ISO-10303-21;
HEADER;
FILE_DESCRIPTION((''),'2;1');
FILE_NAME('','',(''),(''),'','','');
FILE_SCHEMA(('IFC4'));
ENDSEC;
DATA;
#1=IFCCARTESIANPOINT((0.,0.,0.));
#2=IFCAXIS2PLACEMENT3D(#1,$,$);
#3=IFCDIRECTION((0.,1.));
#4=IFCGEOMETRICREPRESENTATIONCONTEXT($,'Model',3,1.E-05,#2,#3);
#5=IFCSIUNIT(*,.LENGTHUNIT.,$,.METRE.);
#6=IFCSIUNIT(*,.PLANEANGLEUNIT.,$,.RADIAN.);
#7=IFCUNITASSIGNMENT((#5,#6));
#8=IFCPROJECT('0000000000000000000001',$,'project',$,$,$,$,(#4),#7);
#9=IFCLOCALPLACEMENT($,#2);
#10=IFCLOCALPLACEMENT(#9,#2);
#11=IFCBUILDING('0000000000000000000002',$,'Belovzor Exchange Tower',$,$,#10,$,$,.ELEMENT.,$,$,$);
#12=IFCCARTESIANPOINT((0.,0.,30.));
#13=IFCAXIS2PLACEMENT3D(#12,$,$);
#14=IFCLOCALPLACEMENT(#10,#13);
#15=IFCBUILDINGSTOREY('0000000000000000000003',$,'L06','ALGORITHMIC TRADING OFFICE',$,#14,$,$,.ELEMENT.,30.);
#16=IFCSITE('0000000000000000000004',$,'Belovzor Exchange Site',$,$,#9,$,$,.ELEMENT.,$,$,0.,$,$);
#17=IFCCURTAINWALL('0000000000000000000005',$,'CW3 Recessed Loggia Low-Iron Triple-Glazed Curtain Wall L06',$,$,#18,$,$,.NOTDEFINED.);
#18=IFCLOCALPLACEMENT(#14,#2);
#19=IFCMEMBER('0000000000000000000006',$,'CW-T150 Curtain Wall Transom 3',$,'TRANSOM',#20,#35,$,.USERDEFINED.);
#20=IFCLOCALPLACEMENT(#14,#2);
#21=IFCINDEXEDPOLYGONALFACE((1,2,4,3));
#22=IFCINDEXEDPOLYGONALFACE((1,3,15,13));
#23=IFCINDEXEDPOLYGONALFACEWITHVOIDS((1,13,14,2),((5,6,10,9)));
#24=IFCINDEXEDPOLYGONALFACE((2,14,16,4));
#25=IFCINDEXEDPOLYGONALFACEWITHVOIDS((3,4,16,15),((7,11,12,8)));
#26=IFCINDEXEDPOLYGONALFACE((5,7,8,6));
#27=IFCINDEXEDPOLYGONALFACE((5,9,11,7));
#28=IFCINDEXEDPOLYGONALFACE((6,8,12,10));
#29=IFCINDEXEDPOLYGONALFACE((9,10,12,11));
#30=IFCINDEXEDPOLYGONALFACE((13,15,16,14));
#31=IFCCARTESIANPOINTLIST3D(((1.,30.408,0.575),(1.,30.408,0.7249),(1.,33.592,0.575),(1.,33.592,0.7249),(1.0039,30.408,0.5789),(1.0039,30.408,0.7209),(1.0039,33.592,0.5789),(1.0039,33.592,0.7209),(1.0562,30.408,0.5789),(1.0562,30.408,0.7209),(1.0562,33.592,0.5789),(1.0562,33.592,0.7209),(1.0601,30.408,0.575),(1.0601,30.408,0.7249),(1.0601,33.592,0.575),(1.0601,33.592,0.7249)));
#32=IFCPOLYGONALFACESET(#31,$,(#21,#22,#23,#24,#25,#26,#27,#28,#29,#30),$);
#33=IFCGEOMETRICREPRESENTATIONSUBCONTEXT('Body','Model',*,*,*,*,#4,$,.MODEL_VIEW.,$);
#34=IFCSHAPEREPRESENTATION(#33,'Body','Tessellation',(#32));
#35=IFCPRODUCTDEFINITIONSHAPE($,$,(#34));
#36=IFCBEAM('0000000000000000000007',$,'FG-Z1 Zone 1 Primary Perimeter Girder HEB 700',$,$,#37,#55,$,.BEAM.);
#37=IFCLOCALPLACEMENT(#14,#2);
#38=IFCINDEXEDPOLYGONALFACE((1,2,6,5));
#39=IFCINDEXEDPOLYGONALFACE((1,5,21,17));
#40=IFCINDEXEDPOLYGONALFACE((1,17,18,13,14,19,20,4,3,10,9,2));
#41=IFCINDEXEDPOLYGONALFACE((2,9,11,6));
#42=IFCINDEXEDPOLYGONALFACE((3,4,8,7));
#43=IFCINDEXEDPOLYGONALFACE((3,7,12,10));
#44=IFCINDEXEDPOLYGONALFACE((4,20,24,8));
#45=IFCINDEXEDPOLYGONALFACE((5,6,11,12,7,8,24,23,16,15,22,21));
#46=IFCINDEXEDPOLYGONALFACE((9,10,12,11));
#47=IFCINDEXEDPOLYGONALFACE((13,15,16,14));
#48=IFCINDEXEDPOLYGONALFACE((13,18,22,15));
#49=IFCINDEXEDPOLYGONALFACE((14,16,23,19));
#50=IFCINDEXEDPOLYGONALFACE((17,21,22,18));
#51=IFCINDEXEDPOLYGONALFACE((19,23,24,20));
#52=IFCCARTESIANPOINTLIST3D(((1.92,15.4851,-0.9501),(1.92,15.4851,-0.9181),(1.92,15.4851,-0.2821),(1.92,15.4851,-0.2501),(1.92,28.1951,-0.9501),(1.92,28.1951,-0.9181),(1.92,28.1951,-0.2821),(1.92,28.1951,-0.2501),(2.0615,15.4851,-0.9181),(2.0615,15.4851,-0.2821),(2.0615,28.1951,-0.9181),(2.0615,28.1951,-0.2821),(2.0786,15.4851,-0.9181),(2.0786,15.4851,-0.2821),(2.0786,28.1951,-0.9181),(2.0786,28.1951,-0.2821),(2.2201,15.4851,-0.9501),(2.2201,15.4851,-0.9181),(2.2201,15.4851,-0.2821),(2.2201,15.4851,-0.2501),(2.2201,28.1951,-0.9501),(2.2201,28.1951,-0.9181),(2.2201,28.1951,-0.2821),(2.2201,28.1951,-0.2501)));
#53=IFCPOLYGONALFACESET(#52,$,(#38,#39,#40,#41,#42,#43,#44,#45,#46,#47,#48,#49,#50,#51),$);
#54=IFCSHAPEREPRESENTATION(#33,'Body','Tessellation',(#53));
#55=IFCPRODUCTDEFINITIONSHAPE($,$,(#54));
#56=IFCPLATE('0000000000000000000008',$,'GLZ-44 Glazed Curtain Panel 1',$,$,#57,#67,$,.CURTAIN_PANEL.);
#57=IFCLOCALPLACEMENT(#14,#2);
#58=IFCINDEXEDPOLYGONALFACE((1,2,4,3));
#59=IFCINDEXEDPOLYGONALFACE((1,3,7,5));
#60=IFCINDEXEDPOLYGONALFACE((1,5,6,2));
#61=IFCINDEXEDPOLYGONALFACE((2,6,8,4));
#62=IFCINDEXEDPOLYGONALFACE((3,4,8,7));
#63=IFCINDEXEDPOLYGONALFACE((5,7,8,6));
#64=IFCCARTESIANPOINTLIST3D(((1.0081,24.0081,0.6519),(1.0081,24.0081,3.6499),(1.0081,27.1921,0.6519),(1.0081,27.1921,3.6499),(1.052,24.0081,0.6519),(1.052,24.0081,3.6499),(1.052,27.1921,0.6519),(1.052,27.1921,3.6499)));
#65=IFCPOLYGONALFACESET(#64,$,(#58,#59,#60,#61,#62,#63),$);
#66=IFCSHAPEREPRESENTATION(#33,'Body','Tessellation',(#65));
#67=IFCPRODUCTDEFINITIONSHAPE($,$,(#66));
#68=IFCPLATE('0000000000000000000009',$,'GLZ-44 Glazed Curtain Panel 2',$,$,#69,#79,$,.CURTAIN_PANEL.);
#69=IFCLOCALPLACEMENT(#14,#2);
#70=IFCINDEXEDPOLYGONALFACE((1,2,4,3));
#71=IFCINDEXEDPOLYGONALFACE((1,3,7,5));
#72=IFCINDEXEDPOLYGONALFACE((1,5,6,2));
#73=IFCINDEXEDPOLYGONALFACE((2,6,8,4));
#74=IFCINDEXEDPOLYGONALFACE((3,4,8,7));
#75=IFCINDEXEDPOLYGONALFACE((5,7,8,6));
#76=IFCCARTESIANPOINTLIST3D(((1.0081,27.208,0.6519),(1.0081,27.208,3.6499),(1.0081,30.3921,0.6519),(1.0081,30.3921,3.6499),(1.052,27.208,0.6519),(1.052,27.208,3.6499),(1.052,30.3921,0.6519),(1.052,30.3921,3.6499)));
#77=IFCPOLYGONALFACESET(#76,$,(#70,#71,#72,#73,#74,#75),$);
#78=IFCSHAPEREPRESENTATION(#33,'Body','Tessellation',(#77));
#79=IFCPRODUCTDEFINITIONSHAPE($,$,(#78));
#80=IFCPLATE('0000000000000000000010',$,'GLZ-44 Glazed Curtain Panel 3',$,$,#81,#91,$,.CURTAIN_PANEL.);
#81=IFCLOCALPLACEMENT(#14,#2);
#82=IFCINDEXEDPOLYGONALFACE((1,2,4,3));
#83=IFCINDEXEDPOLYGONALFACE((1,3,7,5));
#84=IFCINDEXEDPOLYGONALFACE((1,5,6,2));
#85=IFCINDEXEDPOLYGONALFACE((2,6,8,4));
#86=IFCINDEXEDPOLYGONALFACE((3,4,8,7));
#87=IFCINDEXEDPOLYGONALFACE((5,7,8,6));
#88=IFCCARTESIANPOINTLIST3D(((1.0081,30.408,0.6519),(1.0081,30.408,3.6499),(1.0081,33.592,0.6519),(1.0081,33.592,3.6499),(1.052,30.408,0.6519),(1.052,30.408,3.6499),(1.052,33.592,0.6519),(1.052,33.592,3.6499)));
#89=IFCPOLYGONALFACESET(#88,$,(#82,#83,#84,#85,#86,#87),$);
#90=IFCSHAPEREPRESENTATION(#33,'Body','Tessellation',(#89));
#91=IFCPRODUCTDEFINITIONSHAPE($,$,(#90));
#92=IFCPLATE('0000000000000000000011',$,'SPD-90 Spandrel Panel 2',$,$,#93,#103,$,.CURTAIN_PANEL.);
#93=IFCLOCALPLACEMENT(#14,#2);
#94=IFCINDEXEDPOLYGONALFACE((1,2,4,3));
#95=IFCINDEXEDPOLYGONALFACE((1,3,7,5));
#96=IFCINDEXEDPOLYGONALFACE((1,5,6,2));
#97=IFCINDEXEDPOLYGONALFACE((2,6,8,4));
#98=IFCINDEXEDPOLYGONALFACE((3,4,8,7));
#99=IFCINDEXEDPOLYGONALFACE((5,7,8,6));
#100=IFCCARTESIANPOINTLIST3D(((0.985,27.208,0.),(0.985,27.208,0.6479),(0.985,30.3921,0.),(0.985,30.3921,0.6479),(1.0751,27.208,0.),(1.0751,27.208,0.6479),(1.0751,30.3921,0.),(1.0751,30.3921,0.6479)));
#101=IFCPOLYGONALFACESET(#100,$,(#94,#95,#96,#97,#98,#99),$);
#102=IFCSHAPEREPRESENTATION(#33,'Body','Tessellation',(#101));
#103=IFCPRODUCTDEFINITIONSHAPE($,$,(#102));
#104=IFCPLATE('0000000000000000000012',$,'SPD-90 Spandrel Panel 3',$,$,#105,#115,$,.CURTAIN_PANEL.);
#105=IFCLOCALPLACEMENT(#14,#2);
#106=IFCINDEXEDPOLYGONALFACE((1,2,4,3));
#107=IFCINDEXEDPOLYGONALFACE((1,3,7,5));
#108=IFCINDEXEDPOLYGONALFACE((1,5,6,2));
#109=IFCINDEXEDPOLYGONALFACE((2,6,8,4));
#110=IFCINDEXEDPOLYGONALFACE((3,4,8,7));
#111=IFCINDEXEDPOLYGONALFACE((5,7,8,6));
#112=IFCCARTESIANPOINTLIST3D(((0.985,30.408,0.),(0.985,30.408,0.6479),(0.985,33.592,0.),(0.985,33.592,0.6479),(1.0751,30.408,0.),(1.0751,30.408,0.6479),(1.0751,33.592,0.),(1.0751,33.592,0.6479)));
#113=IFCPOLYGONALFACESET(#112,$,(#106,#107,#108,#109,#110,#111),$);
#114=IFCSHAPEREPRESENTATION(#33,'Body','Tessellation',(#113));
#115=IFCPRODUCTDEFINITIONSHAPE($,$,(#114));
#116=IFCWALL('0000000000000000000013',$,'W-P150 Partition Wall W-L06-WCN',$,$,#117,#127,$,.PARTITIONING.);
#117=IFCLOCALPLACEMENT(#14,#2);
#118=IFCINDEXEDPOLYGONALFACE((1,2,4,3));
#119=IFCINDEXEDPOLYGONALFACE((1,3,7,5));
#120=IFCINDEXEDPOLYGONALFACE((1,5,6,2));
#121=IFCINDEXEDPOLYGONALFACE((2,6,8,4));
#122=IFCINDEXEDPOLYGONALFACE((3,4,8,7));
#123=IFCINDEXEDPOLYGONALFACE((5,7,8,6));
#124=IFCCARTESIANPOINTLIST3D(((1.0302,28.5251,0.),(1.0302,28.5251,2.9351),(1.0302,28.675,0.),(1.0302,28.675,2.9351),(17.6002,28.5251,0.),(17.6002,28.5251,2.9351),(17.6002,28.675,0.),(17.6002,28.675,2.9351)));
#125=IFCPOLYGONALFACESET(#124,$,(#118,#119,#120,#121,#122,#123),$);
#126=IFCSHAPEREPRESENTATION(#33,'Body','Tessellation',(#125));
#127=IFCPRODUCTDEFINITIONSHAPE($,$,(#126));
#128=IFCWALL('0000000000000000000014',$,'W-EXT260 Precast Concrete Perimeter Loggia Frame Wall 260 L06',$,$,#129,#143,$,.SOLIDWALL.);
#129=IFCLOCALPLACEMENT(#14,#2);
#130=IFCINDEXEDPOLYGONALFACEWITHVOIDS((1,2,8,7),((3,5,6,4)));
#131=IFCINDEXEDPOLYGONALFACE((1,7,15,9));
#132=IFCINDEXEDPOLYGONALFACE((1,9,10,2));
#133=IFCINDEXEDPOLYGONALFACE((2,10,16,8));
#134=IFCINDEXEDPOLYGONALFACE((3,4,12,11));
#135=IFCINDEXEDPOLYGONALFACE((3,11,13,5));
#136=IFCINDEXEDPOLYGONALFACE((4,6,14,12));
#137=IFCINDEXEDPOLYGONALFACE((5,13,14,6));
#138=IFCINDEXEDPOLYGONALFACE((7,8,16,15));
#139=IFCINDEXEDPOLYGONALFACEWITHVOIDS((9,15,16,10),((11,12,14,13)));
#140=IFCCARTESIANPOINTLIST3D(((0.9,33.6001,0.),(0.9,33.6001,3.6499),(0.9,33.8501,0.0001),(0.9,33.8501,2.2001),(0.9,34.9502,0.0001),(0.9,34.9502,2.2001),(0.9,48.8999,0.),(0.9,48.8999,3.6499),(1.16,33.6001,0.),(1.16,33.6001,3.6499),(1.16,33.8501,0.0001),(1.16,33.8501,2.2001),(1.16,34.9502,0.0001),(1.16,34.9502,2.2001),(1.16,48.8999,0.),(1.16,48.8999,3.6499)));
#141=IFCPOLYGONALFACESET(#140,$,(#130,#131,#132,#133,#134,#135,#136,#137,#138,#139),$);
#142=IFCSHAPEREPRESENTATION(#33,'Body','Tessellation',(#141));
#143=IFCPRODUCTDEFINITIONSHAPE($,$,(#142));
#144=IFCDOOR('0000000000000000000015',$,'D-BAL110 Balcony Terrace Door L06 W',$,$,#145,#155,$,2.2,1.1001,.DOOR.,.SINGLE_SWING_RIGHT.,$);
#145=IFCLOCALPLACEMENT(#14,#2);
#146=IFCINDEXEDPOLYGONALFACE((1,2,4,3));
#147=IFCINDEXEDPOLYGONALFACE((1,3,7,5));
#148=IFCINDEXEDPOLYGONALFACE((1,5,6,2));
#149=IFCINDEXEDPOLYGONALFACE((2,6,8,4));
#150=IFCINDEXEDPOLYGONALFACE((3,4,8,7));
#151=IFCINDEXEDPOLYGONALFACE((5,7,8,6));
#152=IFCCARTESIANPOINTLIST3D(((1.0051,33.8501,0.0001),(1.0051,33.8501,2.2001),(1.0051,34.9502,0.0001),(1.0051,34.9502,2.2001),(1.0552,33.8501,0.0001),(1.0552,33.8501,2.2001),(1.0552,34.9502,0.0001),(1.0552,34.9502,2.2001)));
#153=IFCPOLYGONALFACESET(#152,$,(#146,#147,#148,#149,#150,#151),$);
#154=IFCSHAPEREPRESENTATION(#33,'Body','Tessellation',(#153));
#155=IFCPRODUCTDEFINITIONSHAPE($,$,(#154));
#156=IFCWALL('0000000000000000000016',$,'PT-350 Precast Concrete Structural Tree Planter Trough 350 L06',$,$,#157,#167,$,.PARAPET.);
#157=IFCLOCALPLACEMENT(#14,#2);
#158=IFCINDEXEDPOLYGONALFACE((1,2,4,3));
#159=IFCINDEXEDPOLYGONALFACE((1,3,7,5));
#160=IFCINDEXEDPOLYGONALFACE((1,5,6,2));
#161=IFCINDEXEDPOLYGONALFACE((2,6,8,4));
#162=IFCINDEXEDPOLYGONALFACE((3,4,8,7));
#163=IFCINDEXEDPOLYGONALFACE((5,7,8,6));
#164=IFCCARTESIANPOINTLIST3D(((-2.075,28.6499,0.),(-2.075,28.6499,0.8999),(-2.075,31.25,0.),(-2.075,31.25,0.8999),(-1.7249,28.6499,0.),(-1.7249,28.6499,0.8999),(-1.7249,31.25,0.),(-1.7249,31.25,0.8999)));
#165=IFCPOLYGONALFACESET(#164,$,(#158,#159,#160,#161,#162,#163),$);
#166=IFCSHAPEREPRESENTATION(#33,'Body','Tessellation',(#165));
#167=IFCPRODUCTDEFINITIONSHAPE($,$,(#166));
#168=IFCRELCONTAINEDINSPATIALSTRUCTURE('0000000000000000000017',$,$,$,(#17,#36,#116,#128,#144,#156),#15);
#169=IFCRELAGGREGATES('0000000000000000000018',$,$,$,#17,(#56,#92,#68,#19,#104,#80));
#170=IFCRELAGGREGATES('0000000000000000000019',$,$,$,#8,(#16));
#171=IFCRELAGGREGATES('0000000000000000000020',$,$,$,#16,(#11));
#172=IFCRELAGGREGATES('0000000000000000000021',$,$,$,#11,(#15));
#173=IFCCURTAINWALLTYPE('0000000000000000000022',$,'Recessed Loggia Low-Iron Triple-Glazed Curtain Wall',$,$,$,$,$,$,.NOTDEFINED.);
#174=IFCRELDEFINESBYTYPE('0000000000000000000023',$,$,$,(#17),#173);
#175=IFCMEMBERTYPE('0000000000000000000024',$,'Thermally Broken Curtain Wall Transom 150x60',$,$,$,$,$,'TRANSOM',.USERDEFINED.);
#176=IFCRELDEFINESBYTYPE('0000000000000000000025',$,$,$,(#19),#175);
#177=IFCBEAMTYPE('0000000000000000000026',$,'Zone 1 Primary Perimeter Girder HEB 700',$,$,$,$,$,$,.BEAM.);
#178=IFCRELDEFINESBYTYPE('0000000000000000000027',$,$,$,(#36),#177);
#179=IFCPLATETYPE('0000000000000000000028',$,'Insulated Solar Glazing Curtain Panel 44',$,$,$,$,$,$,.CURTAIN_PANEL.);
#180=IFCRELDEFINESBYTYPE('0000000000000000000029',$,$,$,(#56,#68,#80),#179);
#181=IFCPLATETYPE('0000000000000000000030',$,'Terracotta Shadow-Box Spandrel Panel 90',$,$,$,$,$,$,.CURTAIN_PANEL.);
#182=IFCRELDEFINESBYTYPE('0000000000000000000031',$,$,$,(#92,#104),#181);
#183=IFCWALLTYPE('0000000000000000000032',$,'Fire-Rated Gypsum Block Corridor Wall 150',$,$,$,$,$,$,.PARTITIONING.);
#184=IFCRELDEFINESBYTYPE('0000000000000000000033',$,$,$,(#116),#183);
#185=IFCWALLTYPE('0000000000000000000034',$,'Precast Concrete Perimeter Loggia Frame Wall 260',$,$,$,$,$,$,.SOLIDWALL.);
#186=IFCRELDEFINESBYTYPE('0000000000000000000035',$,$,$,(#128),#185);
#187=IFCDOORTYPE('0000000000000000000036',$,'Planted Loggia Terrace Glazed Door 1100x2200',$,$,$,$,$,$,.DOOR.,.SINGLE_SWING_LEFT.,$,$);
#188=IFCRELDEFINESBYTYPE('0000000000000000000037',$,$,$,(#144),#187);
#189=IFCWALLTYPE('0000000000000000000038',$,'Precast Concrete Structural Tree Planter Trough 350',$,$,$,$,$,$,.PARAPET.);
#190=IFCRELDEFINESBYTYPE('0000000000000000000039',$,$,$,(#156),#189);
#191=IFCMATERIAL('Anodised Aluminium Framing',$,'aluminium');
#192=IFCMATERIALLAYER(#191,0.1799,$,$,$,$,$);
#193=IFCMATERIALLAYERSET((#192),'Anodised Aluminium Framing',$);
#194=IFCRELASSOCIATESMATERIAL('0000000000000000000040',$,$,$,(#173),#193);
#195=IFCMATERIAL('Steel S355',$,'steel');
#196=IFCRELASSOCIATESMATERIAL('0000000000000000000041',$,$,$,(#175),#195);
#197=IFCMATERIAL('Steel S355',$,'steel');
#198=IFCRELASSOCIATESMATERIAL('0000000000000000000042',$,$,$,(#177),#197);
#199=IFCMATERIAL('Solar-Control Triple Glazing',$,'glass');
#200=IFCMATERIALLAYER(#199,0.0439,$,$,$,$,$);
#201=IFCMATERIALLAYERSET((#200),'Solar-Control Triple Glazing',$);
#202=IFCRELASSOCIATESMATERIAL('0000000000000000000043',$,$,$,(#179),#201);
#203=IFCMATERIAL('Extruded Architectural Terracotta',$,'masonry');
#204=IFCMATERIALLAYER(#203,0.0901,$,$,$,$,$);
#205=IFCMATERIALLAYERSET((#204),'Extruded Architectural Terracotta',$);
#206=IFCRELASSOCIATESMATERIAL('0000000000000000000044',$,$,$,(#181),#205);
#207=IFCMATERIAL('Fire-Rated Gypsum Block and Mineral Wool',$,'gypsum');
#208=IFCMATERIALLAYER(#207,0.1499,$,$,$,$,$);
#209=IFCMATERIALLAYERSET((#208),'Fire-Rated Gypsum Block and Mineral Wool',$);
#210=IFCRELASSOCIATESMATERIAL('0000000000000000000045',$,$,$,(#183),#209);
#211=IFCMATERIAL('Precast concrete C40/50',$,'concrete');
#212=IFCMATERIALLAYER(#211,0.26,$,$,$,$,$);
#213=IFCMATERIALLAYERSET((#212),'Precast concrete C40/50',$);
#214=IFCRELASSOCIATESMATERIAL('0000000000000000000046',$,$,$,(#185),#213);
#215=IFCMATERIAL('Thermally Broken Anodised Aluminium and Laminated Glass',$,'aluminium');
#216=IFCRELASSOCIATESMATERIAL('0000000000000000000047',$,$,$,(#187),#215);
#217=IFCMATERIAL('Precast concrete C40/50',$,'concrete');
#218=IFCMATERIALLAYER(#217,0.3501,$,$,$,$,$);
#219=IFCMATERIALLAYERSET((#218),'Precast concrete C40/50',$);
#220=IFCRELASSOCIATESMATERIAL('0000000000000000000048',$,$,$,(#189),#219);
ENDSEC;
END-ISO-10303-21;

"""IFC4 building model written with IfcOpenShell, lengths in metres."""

from ifc_helpers import new_model, si_unit, direction, frame, frame_2d, origin, origin_2d, place, context, subcontext, project, spatial, rectangle, hollow_rectangle, i_section, extrude, material, layer, layer_set, material_profile, profile_set, type_object, element, fill, aggregate, save


model = new_model("IFC4")

# Units and contexts
model_context = context("Model", 3, precision=1e-05, world=origin(), true_north=direction((0.0, 1.0)))
body_context = subcontext(model_context, "Body", "Model", "MODEL_VIEW")
ifc_project = project(units=[si_unit("LENGTHUNIT", "METRE"), si_unit("PLANEANGLEUNIT", "RADIAN")], contexts=[model_context])

# Site, building, storey
site_placement = place(None, origin())
site = spatial("IfcSite", under=ifc_project, at=site_placement, Name="Belovzor Exchange Site", CompositionType="ELEMENT", RefElevation=0.0)
building_placement = place(site_placement, origin())
building = spatial("IfcBuilding", under=site, at=building_placement, Name="Belovzor Exchange Tower", CompositionType="ELEMENT")
storey_placement = place(building_placement, frame((0.0, 0.0, 30.0)))
storey = spatial("IfcBuildingStorey", under=building, at=storey_placement, Name="L06", Description="ALGORITHMIC TRADING OFFICE", CompositionType="ELEMENT", Elevation=30.0)

# Curtain wall, member
ifc_material_1 = material(Name="Anodised Aluminium Framing", Category="aluminium")
ifc_layer_1 = layer(ifc_material_1, 0.1799)
ifc_layer_set_1 = layer_set([ifc_layer_1], Name="Anodised Aluminium Framing")
curtain_wall_type = type_object("IfcCurtainWallType", Name="Recessed Loggia Low-Iron Triple-Glazed Curtain Wall", PredefinedType="NOTDEFINED", material=ifc_layer_set_1)
curtain_wall_placement = place(storey_placement, origin())
curtain_wall = element("IfcCurtainWall", 1, at=curtain_wall_placement, inside=storey, type_object=curtain_wall_type, Name="CW3 Recessed Loggia Low-Iron Triple-Glazed Curtain Wall L06", PredefinedType="NOTDEFINED")
ifc_material_2 = material(Name="Steel S355", Category="steel")
ifc_material_profile_1 = material_profile(ifc_material_2, hollow_rectangle(XDim=0.0601, YDim=0.1499, WallThickness=0.0039, at=origin_2d()))
ifc_profile_set_1 = profile_set([ifc_material_profile_1], Name="Steel S355")
member_type_1 = type_object("IfcMemberType", Name="Thermally Broken Curtain Wall Transom 150x60", ElementType="TRANSOM", PredefinedType="USERDEFINED", material=ifc_profile_set_1)
member_1_placement = place(storey_placement, frame((1.03, 30.408, 0.6499), z_axis=(0.0, 1.0, 0.0), x_axis=(-1.0, 0.0, 0.0)))
member_1 = element("IfcMember", 2, at=member_1_placement, type_object=member_type_1, Name="CW-T150 Curtain Wall Transom 3", ObjectType="TRANSOM", PredefinedType="USERDEFINED", context=body_context, shape_type="SweptSolid", body=[
    extrude(hollow_rectangle(XDim=0.0601, YDim=0.1499, WallThickness=0.0039, at=origin_2d()), origin(), (0.0, 0.0, 1.0), 3.1841),
])

# Beam
ifc_material_3 = material(Name="Steel S355", Category="steel")
ifc_material_profile_2 = material_profile(ifc_material_3, i_section(OverallWidth=0.3, OverallDepth=0.7, WebThickness=0.0171, FlangeThickness=0.032, at=origin_2d()))
ifc_profile_set_2 = profile_set([ifc_material_profile_2], Name="Steel S355")
beam_type_1 = type_object("IfcBeamType", Name="Zone 1 Primary Perimeter Girder HEB 700", PredefinedType="BEAM", material=ifc_profile_set_2)
beam_1_placement = place(storey_placement, frame((2.0701, 28.1951, -0.6001), z_axis=(0.0, -1.0, 0.0), x_axis=(1.0, 0.0, 0.0)))
element("IfcBeam", 3, at=beam_1_placement, inside=storey, type_object=beam_type_1, Name="FG-Z1 Zone 1 Primary Perimeter Girder HEB 700", PredefinedType="BEAM", context=body_context, shape_type="SweptSolid", body=[
    extrude(i_section(OverallWidth=0.3, OverallDepth=0.7, WebThickness=0.0171, FlangeThickness=0.032, at=origin_2d()), origin(), (0.0, 0.0, 1.0), 12.71),
])

# Plates
ifc_material_4 = material(Name="Solar-Control Triple Glazing", Category="glass")
ifc_layer_2 = layer(ifc_material_4, 0.0439)
ifc_layer_set_2 = layer_set([ifc_layer_2], Name="Solar-Control Triple Glazing")
plate_type_1 = type_object("IfcPlateType", Name="Insulated Solar Glazing Curtain Panel 44", PredefinedType="CURTAIN_PANEL", material=ifc_layer_set_2)
plate_1_placement = place(storey_placement, frame((1.03, 25.6001, 0.6519), z_axis=(0.0, 0.0, 1.0), x_axis=(0.0, 1.0, 0.0)))
plate_1 = element("IfcPlate", 4, at=plate_1_placement, type_object=plate_type_1, Name="GLZ-44 Glazed Curtain Panel 1", PredefinedType="CURTAIN_PANEL", context=body_context, shape_type="SweptSolid", body=[
    extrude(rectangle(XDim=3.1841, YDim=0.0439, at=origin_2d()), origin(), (0.0, 0.0, 1.0), 2.998),
])
plate_2_placement = place(storey_placement, frame((1.03, 28.8, 0.6519), z_axis=(0.0, 0.0, 1.0), x_axis=(0.0, 1.0, 0.0)))
plate_2 = element("IfcPlate", 5, at=plate_2_placement, type_object=plate_type_1, Name="GLZ-44 Glazed Curtain Panel 2", PredefinedType="CURTAIN_PANEL", context=body_context, shape_type="SweptSolid", body=[
    extrude(rectangle(XDim=3.1841, YDim=0.0439, at=origin_2d()), origin(), (0.0, 0.0, 1.0), 2.998),
])
plate_3_placement = place(storey_placement, frame((1.03, 32.0, 0.6519), z_axis=(0.0, 0.0, 1.0), x_axis=(0.0, 1.0, 0.0)))
plate_3 = element("IfcPlate", 6, at=plate_3_placement, type_object=plate_type_1, Name="GLZ-44 Glazed Curtain Panel 3", PredefinedType="CURTAIN_PANEL", context=body_context, shape_type="SweptSolid", body=[
    extrude(rectangle(XDim=3.1841, YDim=0.0439, at=origin_2d()), origin(), (0.0, 0.0, 1.0), 2.998),
])
ifc_material_5 = material(Name="Extruded Architectural Terracotta", Category="masonry")
ifc_layer_3 = layer(ifc_material_5, 0.0901)
ifc_layer_set_3 = layer_set([ifc_layer_3], Name="Extruded Architectural Terracotta")
plate_type_2 = type_object("IfcPlateType", Name="Terracotta Shadow-Box Spandrel Panel 90", PredefinedType="CURTAIN_PANEL", material=ifc_layer_set_3)
plate_4_placement = place(storey_placement, frame((1.03, 28.8, 0.0), z_axis=(0.0, 0.0, 1.0), x_axis=(0.0, 1.0, 0.0)))
plate_4 = element("IfcPlate", 7, at=plate_4_placement, type_object=plate_type_2, Name="SPD-90 Spandrel Panel 2", PredefinedType="CURTAIN_PANEL", context=body_context, shape_type="SweptSolid", body=[
    extrude(rectangle(XDim=3.1841, YDim=0.0901, at=origin_2d()), origin(), (0.0, 0.0, 1.0), 0.6479),
])
plate_5_placement = place(storey_placement, frame((1.03, 32.0, 0.0), z_axis=(0.0, 0.0, 1.0), x_axis=(0.0, 1.0, 0.0)))
plate_5 = element("IfcPlate", 8, at=plate_5_placement, type_object=plate_type_2, Name="SPD-90 Spandrel Panel 3", PredefinedType="CURTAIN_PANEL", context=body_context, shape_type="SweptSolid", body=[
    extrude(rectangle(XDim=3.1841, YDim=0.0901, at=origin_2d()), origin(), (0.0, 0.0, 1.0), 0.6479),
])
aggregate(curtain_wall, [plate_1, plate_4, plate_2, member_1, plate_5, plate_3])

# Wall
ifc_material_6 = material(Name="Fire-Rated Gypsum Block and Mineral Wool", Category="gypsum")
ifc_layer_4 = layer(ifc_material_6, 0.1499)
ifc_layer_set_4 = layer_set([ifc_layer_4], Name="Fire-Rated Gypsum Block and Mineral Wool")
wall_type_1 = type_object("IfcWallType", Name="Fire-Rated Gypsum Block Corridor Wall 150", PredefinedType="PARTITIONING", material=ifc_layer_set_4)
wall_1_placement = place(storey_placement, frame((1.03, 28.6001, 0.0), z_axis=(0.0, 0.0, 1.0), x_axis=(1.0, 0.0, 0.0)))
element("IfcWall", 9, at=wall_1_placement, inside=storey, type_object=wall_type_1, Name="W-P150 Partition Wall W-L06-WCN", PredefinedType="PARTITIONING", context=body_context, shape_type="SweptSolid", body=[
    extrude(rectangle(XDim=16.5701, YDim=0.1499, at=frame_2d((8.2852, 0.0))), origin(), (0.0, 0.0, 1.0), 2.9351),
])

# Wall, opening, door
ifc_material_7 = material(Name="Precast concrete C40/50", Category="concrete")
ifc_layer_5 = layer(ifc_material_7, 0.26)
ifc_layer_set_5 = layer_set([ifc_layer_5], Name="Precast concrete C40/50")
wall_type_2 = type_object("IfcWallType", Name="Precast Concrete Perimeter Loggia Frame Wall 260", PredefinedType="SOLIDWALL", material=ifc_layer_set_5)
wall_2_placement = place(storey_placement, frame((1.03, 33.6001, 0.0), z_axis=(0.0, 0.0, 1.0), x_axis=(0.0, 1.0, 0.0)))
wall_2 = element("IfcWall", 10, at=wall_2_placement, inside=storey, type_object=wall_type_2, Name="W-EXT260 Precast Concrete Perimeter Loggia Frame Wall 260 L06", PredefinedType="SOLIDWALL", context=body_context, shape_type="SweptSolid", body=[
    extrude(rectangle(XDim=15.2998, YDim=0.26, at=frame_2d((7.6499, 0.0))), origin(), (0.0, 0.0, 1.0), 3.6499),
])
opening_placement = place(wall_2_placement, frame((0.25, 0.0, 0.0)))
opening = element("IfcOpeningElement", 11, at=opening_placement, cuts=wall_2, PredefinedType="OPENING", context=body_context, shape_type="SweptSolid", body=[
    extrude(rectangle(XDim=1.1001, YDim=2.2, at=frame_2d((0.55, 1.1001))), frame((0.0, 0.1399, 0.0), z_axis=(0.0, -1.0, 0.0), x_axis=(1.0, 0.0, 0.0)), (0.0, 0.0, 1.0), 0.28),
])
ifc_material_8 = material(Name="Thermally Broken Anodised Aluminium and Laminated Glass", Category="aluminium")
door_type = type_object("IfcDoorType", Name="Planted Loggia Terrace Glazed Door 1100x2200", OperationType="SINGLE_SWING_LEFT", PredefinedType="DOOR", material=ifc_material_8)
door_placement = place(opening_placement, origin())
door = element("IfcDoor", 12, at=door_placement, inside=storey, type_object=door_type, Name="D-BAL110 Balcony Terrace Door L06 W", OperationType="SINGLE_SWING_RIGHT", OverallHeight=2.2, OverallWidth=1.1001, PredefinedType="DOOR", context=body_context, shape_type="SweptSolid", body=[
    extrude(rectangle(XDim=1.1001, YDim=2.2, at=frame_2d((0.55, 1.1001))), frame((0.0, 0.0249, 0.0), z_axis=(0.0, -1.0, 0.0), x_axis=(1.0, 0.0, 0.0)), (0.0, 0.0, 1.0), 0.05),
])
fill(opening, door)

# Wall
ifc_material_9 = material(Name="Precast concrete C40/50", Category="concrete")
ifc_layer_6 = layer(ifc_material_9, 0.3501)
ifc_layer_set_6 = layer_set([ifc_layer_6], Name="Precast concrete C40/50")
wall_type_3 = type_object("IfcWallType", Name="Precast Concrete Structural Tree Planter Trough 350", PredefinedType="PARAPET", material=ifc_layer_set_6)
wall_3_placement = place(storey_placement, frame((-1.8999, 28.6499, 0.0), z_axis=(0.0, 0.0, 1.0), x_axis=(0.0, 1.0, 0.0)))
element("IfcWall", 13, at=wall_3_placement, inside=storey, type_object=wall_type_3, Name="PT-350 Precast Concrete Structural Tree Planter Trough 350 L06", PredefinedType="PARAPET", context=body_context, shape_type="SweptSolid", body=[
    extrude(rectangle(XDim=2.6001, YDim=0.3501, at=frame_2d((1.3, 0.0))), origin(), (0.0, 0.0, 1.0), 0.8999),
])

save(model, "model.ifc")
